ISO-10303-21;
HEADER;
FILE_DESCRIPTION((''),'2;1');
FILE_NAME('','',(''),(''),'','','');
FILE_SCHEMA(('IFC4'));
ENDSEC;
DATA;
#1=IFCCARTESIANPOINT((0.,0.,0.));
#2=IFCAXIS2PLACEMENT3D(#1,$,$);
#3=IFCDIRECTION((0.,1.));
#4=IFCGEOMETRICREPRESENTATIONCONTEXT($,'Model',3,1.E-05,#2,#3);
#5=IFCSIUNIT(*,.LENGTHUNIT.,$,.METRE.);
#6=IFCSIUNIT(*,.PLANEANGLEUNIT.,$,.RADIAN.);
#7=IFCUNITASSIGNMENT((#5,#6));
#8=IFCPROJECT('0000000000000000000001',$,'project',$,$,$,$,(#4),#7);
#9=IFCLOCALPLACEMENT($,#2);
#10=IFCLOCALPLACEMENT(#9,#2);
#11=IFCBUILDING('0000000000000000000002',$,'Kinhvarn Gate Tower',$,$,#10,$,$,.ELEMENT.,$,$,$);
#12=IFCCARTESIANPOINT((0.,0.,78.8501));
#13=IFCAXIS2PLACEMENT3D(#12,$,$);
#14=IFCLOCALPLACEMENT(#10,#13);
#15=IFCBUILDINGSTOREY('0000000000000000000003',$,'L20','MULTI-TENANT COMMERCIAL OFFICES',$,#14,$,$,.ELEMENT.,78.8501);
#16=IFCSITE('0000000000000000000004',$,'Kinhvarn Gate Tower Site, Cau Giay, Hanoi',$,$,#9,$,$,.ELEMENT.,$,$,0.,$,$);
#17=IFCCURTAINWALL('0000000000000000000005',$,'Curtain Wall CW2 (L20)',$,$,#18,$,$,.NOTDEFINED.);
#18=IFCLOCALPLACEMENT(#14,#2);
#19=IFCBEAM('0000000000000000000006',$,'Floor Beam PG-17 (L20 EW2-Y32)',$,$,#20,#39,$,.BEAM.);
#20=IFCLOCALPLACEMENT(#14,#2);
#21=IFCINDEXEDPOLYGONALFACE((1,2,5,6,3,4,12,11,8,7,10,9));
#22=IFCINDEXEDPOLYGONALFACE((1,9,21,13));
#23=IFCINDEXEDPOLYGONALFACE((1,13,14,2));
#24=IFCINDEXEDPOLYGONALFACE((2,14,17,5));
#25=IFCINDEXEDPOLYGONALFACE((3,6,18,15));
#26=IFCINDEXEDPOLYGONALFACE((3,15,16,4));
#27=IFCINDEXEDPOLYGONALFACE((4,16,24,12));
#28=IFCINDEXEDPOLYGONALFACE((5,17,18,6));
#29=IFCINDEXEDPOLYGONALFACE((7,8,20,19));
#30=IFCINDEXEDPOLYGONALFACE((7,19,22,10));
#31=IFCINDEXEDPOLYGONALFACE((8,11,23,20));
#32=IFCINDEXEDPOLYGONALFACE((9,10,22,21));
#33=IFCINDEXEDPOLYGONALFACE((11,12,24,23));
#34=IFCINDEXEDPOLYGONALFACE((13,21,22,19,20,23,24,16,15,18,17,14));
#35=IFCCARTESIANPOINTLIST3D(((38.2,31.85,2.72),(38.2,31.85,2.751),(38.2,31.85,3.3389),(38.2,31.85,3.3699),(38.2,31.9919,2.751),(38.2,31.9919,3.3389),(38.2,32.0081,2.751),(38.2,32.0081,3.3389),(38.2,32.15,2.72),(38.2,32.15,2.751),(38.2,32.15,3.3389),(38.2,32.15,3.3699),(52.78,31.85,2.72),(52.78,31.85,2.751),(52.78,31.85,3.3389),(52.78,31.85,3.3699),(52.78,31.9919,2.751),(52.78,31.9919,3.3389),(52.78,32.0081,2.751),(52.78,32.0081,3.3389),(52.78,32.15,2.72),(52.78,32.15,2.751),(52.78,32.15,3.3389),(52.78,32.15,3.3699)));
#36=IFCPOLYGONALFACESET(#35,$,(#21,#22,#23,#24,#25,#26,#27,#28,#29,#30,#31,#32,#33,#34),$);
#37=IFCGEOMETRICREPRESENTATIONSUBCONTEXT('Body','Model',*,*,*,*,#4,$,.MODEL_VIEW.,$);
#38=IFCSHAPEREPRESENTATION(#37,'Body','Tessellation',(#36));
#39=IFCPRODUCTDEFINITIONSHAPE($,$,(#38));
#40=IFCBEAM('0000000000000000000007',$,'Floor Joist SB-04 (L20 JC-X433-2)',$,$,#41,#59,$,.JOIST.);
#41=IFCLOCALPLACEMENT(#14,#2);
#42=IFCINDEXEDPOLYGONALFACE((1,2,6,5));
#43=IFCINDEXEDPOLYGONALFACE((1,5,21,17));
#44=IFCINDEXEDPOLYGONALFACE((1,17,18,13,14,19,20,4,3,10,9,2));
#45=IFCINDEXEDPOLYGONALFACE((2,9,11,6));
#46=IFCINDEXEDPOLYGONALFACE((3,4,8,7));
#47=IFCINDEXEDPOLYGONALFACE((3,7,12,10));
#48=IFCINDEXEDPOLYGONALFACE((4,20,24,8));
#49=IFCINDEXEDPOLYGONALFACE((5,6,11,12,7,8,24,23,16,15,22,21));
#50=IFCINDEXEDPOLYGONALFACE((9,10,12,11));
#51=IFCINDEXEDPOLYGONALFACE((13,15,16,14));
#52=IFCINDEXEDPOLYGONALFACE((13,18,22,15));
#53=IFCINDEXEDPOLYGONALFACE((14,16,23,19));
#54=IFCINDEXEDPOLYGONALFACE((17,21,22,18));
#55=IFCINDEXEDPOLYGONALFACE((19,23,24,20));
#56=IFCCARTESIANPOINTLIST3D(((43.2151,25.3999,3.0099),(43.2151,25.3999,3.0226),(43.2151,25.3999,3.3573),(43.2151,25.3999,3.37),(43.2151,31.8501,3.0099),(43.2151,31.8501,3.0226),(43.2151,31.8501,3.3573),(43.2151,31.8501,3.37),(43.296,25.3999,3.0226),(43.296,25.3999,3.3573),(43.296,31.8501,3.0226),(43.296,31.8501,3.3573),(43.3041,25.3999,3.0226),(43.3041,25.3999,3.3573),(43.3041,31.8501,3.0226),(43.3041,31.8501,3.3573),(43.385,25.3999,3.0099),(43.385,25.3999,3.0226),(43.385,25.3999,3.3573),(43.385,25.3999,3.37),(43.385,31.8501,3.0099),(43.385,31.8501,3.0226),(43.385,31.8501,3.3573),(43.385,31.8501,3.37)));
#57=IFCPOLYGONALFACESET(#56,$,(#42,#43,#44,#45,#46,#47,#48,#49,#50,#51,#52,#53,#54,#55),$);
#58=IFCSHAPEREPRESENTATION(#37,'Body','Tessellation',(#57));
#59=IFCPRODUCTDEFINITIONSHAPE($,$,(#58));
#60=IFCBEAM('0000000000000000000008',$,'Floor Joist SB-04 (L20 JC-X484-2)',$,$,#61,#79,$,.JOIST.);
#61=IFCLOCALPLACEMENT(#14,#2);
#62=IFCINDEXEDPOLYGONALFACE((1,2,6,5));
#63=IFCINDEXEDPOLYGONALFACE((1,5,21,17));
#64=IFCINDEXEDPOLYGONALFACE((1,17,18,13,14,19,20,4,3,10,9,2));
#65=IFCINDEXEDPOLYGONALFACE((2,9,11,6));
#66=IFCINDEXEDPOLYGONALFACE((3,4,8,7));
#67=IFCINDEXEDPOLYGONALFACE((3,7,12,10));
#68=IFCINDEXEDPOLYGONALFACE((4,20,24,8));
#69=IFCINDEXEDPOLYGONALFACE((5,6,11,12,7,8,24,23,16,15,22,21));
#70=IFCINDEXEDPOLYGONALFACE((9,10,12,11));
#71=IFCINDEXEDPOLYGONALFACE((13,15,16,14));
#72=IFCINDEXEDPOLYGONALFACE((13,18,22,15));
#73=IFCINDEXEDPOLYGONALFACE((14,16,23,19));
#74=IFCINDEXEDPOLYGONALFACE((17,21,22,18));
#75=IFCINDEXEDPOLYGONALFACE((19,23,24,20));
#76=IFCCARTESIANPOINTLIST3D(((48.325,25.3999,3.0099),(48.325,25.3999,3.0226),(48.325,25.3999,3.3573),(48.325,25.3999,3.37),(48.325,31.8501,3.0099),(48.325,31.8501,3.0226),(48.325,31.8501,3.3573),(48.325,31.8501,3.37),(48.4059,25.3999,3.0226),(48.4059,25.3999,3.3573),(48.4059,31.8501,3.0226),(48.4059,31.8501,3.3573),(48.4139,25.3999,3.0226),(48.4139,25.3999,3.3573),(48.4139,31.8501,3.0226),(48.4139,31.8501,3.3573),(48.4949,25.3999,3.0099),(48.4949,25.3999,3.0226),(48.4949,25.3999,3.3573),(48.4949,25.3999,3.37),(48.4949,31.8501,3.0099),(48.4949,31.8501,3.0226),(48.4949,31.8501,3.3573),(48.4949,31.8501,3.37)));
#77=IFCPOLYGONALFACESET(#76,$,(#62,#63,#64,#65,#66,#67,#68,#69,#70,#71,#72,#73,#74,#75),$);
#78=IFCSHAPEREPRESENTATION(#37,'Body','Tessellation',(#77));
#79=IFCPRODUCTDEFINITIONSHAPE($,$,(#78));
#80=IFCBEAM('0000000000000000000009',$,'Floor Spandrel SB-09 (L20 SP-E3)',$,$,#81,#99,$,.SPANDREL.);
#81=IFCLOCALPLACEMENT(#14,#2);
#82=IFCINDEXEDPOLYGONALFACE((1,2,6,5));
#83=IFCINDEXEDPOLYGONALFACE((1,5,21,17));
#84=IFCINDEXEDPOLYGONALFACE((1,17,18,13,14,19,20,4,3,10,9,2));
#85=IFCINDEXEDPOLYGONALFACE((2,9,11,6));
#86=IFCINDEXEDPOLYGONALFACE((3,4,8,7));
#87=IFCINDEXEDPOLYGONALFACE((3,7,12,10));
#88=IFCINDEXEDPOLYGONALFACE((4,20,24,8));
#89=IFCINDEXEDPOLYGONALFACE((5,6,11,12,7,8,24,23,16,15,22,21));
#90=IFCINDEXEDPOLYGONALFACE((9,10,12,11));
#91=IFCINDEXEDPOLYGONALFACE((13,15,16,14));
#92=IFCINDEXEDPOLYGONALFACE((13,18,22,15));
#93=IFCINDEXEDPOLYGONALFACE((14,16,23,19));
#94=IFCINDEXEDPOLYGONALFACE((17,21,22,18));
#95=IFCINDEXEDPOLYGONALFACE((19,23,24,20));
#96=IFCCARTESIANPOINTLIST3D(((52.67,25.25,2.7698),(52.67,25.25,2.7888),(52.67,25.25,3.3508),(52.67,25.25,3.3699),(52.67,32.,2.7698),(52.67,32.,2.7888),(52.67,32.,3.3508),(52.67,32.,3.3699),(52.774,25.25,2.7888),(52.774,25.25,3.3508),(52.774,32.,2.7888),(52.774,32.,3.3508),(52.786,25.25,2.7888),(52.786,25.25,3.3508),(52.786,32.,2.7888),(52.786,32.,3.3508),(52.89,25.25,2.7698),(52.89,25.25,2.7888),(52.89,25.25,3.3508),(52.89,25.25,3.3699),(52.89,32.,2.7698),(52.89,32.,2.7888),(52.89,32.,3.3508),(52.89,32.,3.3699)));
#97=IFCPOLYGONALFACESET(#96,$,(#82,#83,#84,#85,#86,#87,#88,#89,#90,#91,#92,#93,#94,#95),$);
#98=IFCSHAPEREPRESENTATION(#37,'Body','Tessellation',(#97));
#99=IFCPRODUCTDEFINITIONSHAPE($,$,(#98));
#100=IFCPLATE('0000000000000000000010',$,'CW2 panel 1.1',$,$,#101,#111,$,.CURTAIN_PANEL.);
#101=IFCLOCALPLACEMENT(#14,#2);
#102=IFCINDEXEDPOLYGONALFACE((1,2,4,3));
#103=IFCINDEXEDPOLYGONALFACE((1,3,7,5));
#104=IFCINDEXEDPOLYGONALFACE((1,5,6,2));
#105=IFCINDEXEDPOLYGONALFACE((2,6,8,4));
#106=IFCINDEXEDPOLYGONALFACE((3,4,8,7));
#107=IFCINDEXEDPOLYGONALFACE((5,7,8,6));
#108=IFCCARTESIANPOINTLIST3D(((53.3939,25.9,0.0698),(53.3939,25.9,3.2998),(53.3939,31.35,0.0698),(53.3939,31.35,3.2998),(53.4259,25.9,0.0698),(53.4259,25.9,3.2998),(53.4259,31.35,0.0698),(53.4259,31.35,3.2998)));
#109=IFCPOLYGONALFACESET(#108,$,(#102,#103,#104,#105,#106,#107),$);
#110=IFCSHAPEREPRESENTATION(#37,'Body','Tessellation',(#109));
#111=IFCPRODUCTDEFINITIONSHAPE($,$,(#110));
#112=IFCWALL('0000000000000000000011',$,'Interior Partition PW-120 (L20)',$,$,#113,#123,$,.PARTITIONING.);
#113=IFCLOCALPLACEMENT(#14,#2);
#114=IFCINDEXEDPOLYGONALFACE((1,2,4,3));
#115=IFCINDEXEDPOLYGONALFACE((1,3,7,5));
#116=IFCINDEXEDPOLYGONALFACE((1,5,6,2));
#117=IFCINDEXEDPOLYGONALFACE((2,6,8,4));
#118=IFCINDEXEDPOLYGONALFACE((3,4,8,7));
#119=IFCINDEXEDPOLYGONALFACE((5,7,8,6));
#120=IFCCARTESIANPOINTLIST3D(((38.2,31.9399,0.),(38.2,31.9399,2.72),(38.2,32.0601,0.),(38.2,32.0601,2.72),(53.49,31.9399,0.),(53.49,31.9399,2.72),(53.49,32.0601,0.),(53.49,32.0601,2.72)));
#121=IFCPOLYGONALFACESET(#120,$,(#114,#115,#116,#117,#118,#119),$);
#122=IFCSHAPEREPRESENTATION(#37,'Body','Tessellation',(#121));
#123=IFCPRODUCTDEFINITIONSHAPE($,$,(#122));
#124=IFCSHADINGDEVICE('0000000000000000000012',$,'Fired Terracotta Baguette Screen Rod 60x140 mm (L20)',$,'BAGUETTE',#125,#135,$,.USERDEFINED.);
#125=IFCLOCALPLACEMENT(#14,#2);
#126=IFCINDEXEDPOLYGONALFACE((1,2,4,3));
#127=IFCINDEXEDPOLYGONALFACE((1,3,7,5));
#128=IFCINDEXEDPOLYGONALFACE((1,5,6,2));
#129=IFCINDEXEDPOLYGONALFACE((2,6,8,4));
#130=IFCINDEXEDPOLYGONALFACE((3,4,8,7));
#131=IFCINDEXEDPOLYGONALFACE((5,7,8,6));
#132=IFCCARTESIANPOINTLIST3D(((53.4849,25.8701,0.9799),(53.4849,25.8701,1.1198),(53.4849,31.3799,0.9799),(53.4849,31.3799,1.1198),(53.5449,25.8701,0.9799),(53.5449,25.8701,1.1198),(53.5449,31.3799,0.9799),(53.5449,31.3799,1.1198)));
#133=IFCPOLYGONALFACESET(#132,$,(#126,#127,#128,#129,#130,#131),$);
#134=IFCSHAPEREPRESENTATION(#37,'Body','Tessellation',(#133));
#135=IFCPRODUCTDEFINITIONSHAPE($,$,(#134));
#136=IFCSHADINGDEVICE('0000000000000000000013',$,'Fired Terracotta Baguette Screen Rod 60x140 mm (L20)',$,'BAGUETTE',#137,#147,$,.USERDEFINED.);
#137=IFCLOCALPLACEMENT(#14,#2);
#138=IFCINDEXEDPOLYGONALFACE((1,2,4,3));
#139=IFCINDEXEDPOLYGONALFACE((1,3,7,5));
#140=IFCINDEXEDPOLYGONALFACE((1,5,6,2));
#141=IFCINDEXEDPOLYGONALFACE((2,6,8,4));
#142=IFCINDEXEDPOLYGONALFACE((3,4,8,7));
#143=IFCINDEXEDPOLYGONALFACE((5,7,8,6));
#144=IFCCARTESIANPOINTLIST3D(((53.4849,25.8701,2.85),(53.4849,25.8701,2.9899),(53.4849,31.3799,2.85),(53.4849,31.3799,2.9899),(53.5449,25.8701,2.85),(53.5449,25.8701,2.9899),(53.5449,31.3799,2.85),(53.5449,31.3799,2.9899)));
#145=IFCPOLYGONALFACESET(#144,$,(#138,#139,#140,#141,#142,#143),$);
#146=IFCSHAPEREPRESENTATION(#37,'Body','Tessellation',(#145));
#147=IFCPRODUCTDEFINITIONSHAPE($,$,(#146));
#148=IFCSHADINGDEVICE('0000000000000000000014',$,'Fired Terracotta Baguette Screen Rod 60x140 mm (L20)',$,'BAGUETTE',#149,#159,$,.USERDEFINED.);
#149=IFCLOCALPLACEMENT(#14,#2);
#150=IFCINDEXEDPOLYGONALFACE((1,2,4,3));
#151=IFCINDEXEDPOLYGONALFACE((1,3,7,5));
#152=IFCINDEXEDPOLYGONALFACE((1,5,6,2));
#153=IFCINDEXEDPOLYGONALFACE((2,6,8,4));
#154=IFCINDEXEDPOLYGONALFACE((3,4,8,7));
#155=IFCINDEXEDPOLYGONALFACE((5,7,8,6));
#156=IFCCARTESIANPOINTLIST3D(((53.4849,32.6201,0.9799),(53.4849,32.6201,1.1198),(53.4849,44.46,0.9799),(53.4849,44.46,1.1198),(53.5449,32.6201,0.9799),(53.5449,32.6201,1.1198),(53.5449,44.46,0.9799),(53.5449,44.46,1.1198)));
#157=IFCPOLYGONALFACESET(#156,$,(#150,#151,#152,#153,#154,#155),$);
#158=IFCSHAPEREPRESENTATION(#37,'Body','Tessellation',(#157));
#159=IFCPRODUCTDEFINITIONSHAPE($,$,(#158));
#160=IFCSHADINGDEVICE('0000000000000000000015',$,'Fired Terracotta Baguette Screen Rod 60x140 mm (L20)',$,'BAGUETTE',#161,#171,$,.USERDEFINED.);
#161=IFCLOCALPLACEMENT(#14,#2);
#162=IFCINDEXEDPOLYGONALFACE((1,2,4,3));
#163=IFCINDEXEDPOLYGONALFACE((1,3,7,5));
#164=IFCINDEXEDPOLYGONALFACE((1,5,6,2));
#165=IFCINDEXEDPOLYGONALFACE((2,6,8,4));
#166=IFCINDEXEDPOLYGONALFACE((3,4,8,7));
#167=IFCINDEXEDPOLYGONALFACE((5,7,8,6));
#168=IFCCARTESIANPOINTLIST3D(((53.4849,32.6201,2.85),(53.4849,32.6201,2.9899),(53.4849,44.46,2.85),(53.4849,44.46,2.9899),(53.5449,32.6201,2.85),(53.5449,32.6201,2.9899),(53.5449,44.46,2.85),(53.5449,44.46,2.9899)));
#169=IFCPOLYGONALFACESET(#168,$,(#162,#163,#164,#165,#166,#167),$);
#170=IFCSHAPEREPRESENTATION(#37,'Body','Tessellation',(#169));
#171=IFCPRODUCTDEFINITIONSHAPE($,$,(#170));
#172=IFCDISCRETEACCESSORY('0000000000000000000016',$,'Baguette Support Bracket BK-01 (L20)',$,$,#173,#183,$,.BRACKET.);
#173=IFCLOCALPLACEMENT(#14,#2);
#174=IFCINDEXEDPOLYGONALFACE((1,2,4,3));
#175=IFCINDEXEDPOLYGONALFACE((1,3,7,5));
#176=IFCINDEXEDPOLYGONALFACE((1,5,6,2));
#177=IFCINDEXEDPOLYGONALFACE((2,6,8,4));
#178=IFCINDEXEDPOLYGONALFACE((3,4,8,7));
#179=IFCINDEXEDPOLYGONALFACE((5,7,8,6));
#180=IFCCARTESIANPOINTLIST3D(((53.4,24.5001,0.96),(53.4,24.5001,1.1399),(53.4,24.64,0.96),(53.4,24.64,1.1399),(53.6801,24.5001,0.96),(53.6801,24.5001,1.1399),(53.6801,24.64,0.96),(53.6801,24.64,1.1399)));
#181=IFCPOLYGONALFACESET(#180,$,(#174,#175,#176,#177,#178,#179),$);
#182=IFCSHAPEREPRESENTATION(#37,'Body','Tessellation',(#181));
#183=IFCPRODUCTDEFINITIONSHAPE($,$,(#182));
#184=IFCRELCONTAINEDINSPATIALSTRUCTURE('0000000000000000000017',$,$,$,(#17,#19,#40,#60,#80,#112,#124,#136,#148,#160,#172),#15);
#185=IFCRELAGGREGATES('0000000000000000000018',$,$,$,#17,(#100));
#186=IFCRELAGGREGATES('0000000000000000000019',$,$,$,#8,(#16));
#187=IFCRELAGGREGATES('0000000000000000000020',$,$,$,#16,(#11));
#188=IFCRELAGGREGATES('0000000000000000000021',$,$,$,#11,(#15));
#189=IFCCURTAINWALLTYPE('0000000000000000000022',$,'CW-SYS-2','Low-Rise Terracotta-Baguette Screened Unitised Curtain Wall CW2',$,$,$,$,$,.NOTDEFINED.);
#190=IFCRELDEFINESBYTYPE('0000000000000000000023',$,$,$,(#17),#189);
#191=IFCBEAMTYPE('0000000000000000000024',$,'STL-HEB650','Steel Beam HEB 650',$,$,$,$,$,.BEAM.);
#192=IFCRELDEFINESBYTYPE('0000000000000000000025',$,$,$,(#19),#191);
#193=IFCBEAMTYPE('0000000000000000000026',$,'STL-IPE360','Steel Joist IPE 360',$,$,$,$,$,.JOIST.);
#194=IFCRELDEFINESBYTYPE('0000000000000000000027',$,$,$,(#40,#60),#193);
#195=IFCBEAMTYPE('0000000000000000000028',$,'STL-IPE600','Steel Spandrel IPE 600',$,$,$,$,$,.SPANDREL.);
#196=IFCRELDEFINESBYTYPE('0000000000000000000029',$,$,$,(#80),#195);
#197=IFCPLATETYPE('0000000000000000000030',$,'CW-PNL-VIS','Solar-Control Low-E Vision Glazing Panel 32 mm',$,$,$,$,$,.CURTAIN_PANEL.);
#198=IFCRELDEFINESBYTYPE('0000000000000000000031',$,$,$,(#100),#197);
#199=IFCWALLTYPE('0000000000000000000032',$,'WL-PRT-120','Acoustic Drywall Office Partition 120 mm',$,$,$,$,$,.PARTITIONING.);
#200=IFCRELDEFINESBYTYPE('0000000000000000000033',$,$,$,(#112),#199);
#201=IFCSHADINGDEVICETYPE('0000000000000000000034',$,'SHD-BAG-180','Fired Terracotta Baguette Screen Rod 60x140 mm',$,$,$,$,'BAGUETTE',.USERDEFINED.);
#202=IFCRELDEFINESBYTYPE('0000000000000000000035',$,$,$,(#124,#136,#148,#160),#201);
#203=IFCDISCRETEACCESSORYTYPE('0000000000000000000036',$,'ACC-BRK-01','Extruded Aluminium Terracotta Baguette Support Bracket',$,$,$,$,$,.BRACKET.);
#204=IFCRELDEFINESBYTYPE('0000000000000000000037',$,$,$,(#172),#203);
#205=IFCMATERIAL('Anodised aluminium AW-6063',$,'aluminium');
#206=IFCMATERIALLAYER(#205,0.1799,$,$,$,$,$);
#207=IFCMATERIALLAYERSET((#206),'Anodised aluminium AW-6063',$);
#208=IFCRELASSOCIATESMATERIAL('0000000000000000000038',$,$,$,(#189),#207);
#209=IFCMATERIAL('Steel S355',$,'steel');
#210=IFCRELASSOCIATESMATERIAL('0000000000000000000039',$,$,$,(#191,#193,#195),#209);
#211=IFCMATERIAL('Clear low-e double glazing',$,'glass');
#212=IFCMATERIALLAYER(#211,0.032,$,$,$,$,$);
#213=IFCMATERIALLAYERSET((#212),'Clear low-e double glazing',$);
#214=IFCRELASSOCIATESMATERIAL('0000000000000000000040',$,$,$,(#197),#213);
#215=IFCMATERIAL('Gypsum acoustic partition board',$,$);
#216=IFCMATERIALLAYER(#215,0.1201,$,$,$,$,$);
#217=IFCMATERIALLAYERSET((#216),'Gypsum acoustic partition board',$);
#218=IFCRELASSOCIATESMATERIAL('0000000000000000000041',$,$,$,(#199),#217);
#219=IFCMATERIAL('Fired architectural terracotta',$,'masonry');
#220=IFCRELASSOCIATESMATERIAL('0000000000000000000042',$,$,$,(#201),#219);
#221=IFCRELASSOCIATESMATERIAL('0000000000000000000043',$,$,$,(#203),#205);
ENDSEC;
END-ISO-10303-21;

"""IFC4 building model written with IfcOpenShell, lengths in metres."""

from ifc_helpers import new_model, si_unit, direction, frame, frame_2d, origin, origin_2d, place, context, subcontext, project, spatial, rectangle, i_section, extrude, material, layer, layer_set, material_profile, profile_set, type_object, element, aggregate, save


model = new_model("IFC4")

# Units and contexts
model_context = context("Model", 3, precision=1e-05, world=origin(), true_north=direction((0.0, 1.0)))
body_context = subcontext(model_context, "Body", "Model", "MODEL_VIEW")
ifc_project = project(units=[si_unit("LENGTHUNIT", "METRE"), si_unit("PLANEANGLEUNIT", "RADIAN")], contexts=[model_context])

# Site, building, storey
site_placement = place(None, origin())
site = spatial("IfcSite", under=ifc_project, at=site_placement, Name="Kinhvarn Gate Tower Site, Cau Giay, Hanoi", CompositionType="ELEMENT", RefElevation=0.0)
building_placement = place(site_placement, origin())
building = spatial("IfcBuilding", under=site, at=building_placement, Name="Kinhvarn Gate Tower", CompositionType="ELEMENT")
storey_placement = place(building_placement, frame((0.0, 0.0, 78.8501)))
storey = spatial("IfcBuildingStorey", under=building, at=storey_placement, Name="L20", Description="MULTI-TENANT COMMERCIAL OFFICES", CompositionType="ELEMENT", Elevation=78.8501)

# Shared definitions
ifc_material_1 = material(Name="Anodised aluminium AW-6063", Category="aluminium")
ifc_layer_1 = layer(ifc_material_1, 0.1799)
ifc_layer_set_1 = layer_set([ifc_layer_1], Name="Anodised aluminium AW-6063")
curtain_wall_type = type_object("IfcCurtainWallType", Name="CW-SYS-2", Description="Low-Rise Terracotta-Baguette Screened Unitised Curtain Wall CW2", PredefinedType="NOTDEFINED", material=ifc_layer_set_1)

# Curtain wall
curtain_wall_1_placement = place(storey_placement, origin())
curtain_wall_1 = element("IfcCurtainWall", 1, at=curtain_wall_1_placement, inside=storey, type_object=curtain_wall_type, Name="Curtain Wall CW2 (L20)", PredefinedType="NOTDEFINED")

# Beams
ifc_material_2 = material(Name="Steel S355", Category="steel")
ifc_material_profile_1 = material_profile(ifc_material_2, i_section(OverallWidth=0.3, OverallDepth=0.6499, WebThickness=0.0161, FlangeThickness=0.031, at=origin_2d()), Name="HEB 650")
ifc_profile_set_1 = profile_set([ifc_material_profile_1], Name="Steel S355")
beam_type_1 = type_object("IfcBeamType", Name="STL-HEB650", Description="Steel Beam HEB 650", PredefinedType="BEAM", material=ifc_profile_set_1)
beam_1_placement = place(storey_placement, frame((38.2, 32.0, 3.0449), z_axis=(1.0, 0.0, 0.0), x_axis=(0.0, 1.0, 0.0)))
element("IfcBeam", 2, at=beam_1_placement, inside=storey, type_object=beam_type_1, Name="Floor Beam PG-17 (L20 EW2-Y32)", PredefinedType="BEAM", context=body_context, shape_type="SweptSolid", body=[
    extrude(i_section(OverallWidth=0.3, OverallDepth=0.6499, WebThickness=0.0161, FlangeThickness=0.031, at=origin_2d()), origin(), (0.0, 0.0, 1.0), 14.5801),
])
ifc_material_profile_2 = material_profile(ifc_material_2, i_section(OverallWidth=0.1699, OverallDepth=0.3601, WebThickness=0.0081, FlangeThickness=0.0127, at=origin_2d()), Name="IPE 360")
ifc_profile_set_2 = profile_set([ifc_material_profile_2], Name="Steel S355")
beam_type_2 = type_object("IfcBeamType", Name="STL-IPE360", Description="Steel Joist IPE 360", PredefinedType="JOIST", material=ifc_profile_set_2)
for number, where, z_axis, x_axis, name in (
    (3, (43.3, 25.3999, 3.1899), (0.0, 1.0, 0.0), (-1.0, 0.0, 0.0), "Floor Joist SB-04 (L20 JC-X433-2)"),
    (4, (48.4099, 25.3999, 3.1899), (0.0, 1.0, 0.0), (-1.0, 0.0, 0.0), "Floor Joist SB-04 (L20 JC-X484-2)"),
):
    element("IfcBeam", number, at=place(storey_placement, frame(where, z_axis=z_axis, x_axis=x_axis)), inside=storey, type_object=beam_type_2, Name=name, PredefinedType="JOIST", context=body_context, shape_type="SweptSolid", body=[
        extrude(i_section(OverallWidth=0.1699, OverallDepth=0.3601, WebThickness=0.0081, FlangeThickness=0.0127, at=origin_2d()), origin(), (0.0, 0.0, 1.0), 6.4502),
    ])
ifc_material_profile_3 = material_profile(ifc_material_2, i_section(OverallWidth=0.22, OverallDepth=0.6001, WebThickness=0.012, FlangeThickness=0.019, at=origin_2d()), Name="IPE 600")
ifc_profile_set_3 = profile_set([ifc_material_profile_3], Name="Steel S355")
beam_type_3 = type_object("IfcBeamType", Name="STL-IPE600", Description="Steel Spandrel IPE 600", PredefinedType="SPANDREL", material=ifc_profile_set_3)
beam_2_placement = place(storey_placement, frame((52.78, 25.25, 3.0698), z_axis=(0.0, 1.0, 0.0), x_axis=(-1.0, 0.0, 0.0)))
element("IfcBeam", 5, at=beam_2_placement, inside=storey, type_object=beam_type_3, Name="Floor Spandrel SB-09 (L20 SP-E3)", PredefinedType="SPANDREL", context=body_context, shape_type="SweptSolid", body=[
    extrude(i_section(OverallWidth=0.22, OverallDepth=0.6001, WebThickness=0.012, FlangeThickness=0.019, at=origin_2d()), origin(), (0.0, 0.0, 1.0), 6.75),
])

# Plate
ifc_material_3 = material(Name="Clear low-e double glazing", Category="glass")
ifc_layer_2 = layer(ifc_material_3, 0.032)
ifc_layer_set_2 = layer_set([ifc_layer_2], Name="Clear low-e double glazing")
plate_type = type_object("IfcPlateType", Name="CW-PNL-VIS", Description="Solar-Control Low-E Vision Glazing Panel 32 mm", PredefinedType="CURTAIN_PANEL", material=ifc_layer_set_2)
plate_placement = place(storey_placement, frame((53.4099, 28.625, 0.0698), z_axis=(0.0, 0.0, 1.0), x_axis=(0.0, 1.0, 0.0)))
plate = element("IfcPlate", 6, at=plate_placement, type_object=plate_type, Name="CW2 panel 1.1", PredefinedType="CURTAIN_PANEL", context=body_context, shape_type="SweptSolid", body=[
    extrude(rectangle(XDim=5.45, YDim=0.032, at=origin_2d()), origin(), (0.0, 0.0, 1.0), 3.23),
])
aggregate(curtain_wall_1, [plate])

# Wall
ifc_material_4 = material(Name="Gypsum acoustic partition board")
ifc_layer_3 = layer(ifc_material_4, 0.1201)
ifc_layer_set_3 = layer_set([ifc_layer_3], Name="Gypsum acoustic partition board")
wall_type_1 = type_object("IfcWallType", Name="WL-PRT-120", Description="Acoustic Drywall Office Partition 120 mm", PredefinedType="PARTITIONING", material=ifc_layer_set_3)
wall_1_placement = place(storey_placement, frame((38.2, 32.0, 0.0), z_axis=(0.0, 0.0, 1.0), x_axis=(1.0, 0.0, 0.0)))
element("IfcWall", 7, at=wall_1_placement, inside=storey, type_object=wall_type_1, Name="Interior Partition PW-120 (L20)", PredefinedType="PARTITIONING", context=body_context, shape_type="SweptSolid", body=[
    extrude(rectangle(XDim=15.29, YDim=0.1201, at=frame_2d((7.645, 0.0))), origin(), (0.0, 0.0, 1.0), 2.72),
])

# Shading devices
ifc_material_5 = material(Name="Fired architectural terracotta", Category="masonry")
ifc_material_profile_4 = material_profile(ifc_material_5, rectangle(XDim=0.0601, YDim=0.1399, at=origin_2d()), Name="TC 60x140")
ifc_profile_set_4 = profile_set([ifc_material_profile_4], Name="Fired architectural terracotta")
shading_device_type = type_object("IfcShadingDeviceType", Name="SHD-BAG-180", Description="Fired Terracotta Baguette Screen Rod 60x140 mm", ElementType="BAGUETTE", PredefinedType="USERDEFINED", material=ifc_profile_set_4)
for number, where, z_axis, x_axis, name in (
    (8, (53.5149, 25.8701, 1.0498), (0.0, 1.0, 0.0), (-1.0, 0.0, 0.0), "Fired Terracotta Baguette Screen Rod 60x140 mm (L20)"),
    (9, (53.5149, 25.8701, 2.9199), (0.0, 1.0, 0.0), (-1.0, 0.0, 0.0), "Fired Terracotta Baguette Screen Rod 60x140 mm (L20)"),
):
    element("IfcShadingDevice", number, at=place(storey_placement, frame(where, z_axis=z_axis, x_axis=x_axis)), inside=storey, type_object=shading_device_type, Name=name, ObjectType="BAGUETTE", PredefinedType="USERDEFINED", context=body_context, shape_type="SweptSolid", body=[
        extrude(rectangle(XDim=0.0601, YDim=0.1399, at=origin_2d()), origin(), (0.0, 0.0, 1.0), 5.5098),
    ])
for number, where, z_axis, x_axis, name in (
    (10, (53.5149, 32.6201, 1.0498), (0.0, 1.0, 0.0), (-1.0, 0.0, 0.0), "Fired Terracotta Baguette Screen Rod 60x140 mm (L20)"),
    (11, (53.5149, 32.6201, 2.9199), (0.0, 1.0, 0.0), (-1.0, 0.0, 0.0), "Fired Terracotta Baguette Screen Rod 60x140 mm (L20)"),
):
    element("IfcShadingDevice", number, at=place(storey_placement, frame(where, z_axis=z_axis, x_axis=x_axis)), inside=storey, type_object=shading_device_type, Name=name, ObjectType="BAGUETTE", PredefinedType="USERDEFINED", context=body_context, shape_type="SweptSolid", body=[
        extrude(rectangle(XDim=0.0601, YDim=0.1399, at=origin_2d()), origin(), (0.0, 0.0, 1.0), 11.8398),
    ])

# Discrete accessory
discrete_accessory_type = type_object("IfcDiscreteAccessoryType", Name="ACC-BRK-01", Description="Extruded Aluminium Terracotta Baguette Support Bracket", PredefinedType="BRACKET", material=ifc_material_1)
for number, where, z_axis, x_axis, name in (
    (12, (53.54, 24.5701, 0.96), (0.0, 0.0, 1.0), (0.0, 1.0, 0.0), "Baguette Support Bracket BK-01 (L20)"),
):
    element("IfcDiscreteAccessory", number, at=place(storey_placement, frame(where, z_axis=z_axis, x_axis=x_axis)), inside=storey, type_object=discrete_accessory_type, Name=name, PredefinedType="BRACKET", context=body_context, shape_type="SweptSolid", body=[
        extrude(rectangle(XDim=0.1399, YDim=0.28, at=origin_2d()), origin(), (0.0, 0.0, 1.0), 0.1799),
    ])

save(model, "model.ifc")
